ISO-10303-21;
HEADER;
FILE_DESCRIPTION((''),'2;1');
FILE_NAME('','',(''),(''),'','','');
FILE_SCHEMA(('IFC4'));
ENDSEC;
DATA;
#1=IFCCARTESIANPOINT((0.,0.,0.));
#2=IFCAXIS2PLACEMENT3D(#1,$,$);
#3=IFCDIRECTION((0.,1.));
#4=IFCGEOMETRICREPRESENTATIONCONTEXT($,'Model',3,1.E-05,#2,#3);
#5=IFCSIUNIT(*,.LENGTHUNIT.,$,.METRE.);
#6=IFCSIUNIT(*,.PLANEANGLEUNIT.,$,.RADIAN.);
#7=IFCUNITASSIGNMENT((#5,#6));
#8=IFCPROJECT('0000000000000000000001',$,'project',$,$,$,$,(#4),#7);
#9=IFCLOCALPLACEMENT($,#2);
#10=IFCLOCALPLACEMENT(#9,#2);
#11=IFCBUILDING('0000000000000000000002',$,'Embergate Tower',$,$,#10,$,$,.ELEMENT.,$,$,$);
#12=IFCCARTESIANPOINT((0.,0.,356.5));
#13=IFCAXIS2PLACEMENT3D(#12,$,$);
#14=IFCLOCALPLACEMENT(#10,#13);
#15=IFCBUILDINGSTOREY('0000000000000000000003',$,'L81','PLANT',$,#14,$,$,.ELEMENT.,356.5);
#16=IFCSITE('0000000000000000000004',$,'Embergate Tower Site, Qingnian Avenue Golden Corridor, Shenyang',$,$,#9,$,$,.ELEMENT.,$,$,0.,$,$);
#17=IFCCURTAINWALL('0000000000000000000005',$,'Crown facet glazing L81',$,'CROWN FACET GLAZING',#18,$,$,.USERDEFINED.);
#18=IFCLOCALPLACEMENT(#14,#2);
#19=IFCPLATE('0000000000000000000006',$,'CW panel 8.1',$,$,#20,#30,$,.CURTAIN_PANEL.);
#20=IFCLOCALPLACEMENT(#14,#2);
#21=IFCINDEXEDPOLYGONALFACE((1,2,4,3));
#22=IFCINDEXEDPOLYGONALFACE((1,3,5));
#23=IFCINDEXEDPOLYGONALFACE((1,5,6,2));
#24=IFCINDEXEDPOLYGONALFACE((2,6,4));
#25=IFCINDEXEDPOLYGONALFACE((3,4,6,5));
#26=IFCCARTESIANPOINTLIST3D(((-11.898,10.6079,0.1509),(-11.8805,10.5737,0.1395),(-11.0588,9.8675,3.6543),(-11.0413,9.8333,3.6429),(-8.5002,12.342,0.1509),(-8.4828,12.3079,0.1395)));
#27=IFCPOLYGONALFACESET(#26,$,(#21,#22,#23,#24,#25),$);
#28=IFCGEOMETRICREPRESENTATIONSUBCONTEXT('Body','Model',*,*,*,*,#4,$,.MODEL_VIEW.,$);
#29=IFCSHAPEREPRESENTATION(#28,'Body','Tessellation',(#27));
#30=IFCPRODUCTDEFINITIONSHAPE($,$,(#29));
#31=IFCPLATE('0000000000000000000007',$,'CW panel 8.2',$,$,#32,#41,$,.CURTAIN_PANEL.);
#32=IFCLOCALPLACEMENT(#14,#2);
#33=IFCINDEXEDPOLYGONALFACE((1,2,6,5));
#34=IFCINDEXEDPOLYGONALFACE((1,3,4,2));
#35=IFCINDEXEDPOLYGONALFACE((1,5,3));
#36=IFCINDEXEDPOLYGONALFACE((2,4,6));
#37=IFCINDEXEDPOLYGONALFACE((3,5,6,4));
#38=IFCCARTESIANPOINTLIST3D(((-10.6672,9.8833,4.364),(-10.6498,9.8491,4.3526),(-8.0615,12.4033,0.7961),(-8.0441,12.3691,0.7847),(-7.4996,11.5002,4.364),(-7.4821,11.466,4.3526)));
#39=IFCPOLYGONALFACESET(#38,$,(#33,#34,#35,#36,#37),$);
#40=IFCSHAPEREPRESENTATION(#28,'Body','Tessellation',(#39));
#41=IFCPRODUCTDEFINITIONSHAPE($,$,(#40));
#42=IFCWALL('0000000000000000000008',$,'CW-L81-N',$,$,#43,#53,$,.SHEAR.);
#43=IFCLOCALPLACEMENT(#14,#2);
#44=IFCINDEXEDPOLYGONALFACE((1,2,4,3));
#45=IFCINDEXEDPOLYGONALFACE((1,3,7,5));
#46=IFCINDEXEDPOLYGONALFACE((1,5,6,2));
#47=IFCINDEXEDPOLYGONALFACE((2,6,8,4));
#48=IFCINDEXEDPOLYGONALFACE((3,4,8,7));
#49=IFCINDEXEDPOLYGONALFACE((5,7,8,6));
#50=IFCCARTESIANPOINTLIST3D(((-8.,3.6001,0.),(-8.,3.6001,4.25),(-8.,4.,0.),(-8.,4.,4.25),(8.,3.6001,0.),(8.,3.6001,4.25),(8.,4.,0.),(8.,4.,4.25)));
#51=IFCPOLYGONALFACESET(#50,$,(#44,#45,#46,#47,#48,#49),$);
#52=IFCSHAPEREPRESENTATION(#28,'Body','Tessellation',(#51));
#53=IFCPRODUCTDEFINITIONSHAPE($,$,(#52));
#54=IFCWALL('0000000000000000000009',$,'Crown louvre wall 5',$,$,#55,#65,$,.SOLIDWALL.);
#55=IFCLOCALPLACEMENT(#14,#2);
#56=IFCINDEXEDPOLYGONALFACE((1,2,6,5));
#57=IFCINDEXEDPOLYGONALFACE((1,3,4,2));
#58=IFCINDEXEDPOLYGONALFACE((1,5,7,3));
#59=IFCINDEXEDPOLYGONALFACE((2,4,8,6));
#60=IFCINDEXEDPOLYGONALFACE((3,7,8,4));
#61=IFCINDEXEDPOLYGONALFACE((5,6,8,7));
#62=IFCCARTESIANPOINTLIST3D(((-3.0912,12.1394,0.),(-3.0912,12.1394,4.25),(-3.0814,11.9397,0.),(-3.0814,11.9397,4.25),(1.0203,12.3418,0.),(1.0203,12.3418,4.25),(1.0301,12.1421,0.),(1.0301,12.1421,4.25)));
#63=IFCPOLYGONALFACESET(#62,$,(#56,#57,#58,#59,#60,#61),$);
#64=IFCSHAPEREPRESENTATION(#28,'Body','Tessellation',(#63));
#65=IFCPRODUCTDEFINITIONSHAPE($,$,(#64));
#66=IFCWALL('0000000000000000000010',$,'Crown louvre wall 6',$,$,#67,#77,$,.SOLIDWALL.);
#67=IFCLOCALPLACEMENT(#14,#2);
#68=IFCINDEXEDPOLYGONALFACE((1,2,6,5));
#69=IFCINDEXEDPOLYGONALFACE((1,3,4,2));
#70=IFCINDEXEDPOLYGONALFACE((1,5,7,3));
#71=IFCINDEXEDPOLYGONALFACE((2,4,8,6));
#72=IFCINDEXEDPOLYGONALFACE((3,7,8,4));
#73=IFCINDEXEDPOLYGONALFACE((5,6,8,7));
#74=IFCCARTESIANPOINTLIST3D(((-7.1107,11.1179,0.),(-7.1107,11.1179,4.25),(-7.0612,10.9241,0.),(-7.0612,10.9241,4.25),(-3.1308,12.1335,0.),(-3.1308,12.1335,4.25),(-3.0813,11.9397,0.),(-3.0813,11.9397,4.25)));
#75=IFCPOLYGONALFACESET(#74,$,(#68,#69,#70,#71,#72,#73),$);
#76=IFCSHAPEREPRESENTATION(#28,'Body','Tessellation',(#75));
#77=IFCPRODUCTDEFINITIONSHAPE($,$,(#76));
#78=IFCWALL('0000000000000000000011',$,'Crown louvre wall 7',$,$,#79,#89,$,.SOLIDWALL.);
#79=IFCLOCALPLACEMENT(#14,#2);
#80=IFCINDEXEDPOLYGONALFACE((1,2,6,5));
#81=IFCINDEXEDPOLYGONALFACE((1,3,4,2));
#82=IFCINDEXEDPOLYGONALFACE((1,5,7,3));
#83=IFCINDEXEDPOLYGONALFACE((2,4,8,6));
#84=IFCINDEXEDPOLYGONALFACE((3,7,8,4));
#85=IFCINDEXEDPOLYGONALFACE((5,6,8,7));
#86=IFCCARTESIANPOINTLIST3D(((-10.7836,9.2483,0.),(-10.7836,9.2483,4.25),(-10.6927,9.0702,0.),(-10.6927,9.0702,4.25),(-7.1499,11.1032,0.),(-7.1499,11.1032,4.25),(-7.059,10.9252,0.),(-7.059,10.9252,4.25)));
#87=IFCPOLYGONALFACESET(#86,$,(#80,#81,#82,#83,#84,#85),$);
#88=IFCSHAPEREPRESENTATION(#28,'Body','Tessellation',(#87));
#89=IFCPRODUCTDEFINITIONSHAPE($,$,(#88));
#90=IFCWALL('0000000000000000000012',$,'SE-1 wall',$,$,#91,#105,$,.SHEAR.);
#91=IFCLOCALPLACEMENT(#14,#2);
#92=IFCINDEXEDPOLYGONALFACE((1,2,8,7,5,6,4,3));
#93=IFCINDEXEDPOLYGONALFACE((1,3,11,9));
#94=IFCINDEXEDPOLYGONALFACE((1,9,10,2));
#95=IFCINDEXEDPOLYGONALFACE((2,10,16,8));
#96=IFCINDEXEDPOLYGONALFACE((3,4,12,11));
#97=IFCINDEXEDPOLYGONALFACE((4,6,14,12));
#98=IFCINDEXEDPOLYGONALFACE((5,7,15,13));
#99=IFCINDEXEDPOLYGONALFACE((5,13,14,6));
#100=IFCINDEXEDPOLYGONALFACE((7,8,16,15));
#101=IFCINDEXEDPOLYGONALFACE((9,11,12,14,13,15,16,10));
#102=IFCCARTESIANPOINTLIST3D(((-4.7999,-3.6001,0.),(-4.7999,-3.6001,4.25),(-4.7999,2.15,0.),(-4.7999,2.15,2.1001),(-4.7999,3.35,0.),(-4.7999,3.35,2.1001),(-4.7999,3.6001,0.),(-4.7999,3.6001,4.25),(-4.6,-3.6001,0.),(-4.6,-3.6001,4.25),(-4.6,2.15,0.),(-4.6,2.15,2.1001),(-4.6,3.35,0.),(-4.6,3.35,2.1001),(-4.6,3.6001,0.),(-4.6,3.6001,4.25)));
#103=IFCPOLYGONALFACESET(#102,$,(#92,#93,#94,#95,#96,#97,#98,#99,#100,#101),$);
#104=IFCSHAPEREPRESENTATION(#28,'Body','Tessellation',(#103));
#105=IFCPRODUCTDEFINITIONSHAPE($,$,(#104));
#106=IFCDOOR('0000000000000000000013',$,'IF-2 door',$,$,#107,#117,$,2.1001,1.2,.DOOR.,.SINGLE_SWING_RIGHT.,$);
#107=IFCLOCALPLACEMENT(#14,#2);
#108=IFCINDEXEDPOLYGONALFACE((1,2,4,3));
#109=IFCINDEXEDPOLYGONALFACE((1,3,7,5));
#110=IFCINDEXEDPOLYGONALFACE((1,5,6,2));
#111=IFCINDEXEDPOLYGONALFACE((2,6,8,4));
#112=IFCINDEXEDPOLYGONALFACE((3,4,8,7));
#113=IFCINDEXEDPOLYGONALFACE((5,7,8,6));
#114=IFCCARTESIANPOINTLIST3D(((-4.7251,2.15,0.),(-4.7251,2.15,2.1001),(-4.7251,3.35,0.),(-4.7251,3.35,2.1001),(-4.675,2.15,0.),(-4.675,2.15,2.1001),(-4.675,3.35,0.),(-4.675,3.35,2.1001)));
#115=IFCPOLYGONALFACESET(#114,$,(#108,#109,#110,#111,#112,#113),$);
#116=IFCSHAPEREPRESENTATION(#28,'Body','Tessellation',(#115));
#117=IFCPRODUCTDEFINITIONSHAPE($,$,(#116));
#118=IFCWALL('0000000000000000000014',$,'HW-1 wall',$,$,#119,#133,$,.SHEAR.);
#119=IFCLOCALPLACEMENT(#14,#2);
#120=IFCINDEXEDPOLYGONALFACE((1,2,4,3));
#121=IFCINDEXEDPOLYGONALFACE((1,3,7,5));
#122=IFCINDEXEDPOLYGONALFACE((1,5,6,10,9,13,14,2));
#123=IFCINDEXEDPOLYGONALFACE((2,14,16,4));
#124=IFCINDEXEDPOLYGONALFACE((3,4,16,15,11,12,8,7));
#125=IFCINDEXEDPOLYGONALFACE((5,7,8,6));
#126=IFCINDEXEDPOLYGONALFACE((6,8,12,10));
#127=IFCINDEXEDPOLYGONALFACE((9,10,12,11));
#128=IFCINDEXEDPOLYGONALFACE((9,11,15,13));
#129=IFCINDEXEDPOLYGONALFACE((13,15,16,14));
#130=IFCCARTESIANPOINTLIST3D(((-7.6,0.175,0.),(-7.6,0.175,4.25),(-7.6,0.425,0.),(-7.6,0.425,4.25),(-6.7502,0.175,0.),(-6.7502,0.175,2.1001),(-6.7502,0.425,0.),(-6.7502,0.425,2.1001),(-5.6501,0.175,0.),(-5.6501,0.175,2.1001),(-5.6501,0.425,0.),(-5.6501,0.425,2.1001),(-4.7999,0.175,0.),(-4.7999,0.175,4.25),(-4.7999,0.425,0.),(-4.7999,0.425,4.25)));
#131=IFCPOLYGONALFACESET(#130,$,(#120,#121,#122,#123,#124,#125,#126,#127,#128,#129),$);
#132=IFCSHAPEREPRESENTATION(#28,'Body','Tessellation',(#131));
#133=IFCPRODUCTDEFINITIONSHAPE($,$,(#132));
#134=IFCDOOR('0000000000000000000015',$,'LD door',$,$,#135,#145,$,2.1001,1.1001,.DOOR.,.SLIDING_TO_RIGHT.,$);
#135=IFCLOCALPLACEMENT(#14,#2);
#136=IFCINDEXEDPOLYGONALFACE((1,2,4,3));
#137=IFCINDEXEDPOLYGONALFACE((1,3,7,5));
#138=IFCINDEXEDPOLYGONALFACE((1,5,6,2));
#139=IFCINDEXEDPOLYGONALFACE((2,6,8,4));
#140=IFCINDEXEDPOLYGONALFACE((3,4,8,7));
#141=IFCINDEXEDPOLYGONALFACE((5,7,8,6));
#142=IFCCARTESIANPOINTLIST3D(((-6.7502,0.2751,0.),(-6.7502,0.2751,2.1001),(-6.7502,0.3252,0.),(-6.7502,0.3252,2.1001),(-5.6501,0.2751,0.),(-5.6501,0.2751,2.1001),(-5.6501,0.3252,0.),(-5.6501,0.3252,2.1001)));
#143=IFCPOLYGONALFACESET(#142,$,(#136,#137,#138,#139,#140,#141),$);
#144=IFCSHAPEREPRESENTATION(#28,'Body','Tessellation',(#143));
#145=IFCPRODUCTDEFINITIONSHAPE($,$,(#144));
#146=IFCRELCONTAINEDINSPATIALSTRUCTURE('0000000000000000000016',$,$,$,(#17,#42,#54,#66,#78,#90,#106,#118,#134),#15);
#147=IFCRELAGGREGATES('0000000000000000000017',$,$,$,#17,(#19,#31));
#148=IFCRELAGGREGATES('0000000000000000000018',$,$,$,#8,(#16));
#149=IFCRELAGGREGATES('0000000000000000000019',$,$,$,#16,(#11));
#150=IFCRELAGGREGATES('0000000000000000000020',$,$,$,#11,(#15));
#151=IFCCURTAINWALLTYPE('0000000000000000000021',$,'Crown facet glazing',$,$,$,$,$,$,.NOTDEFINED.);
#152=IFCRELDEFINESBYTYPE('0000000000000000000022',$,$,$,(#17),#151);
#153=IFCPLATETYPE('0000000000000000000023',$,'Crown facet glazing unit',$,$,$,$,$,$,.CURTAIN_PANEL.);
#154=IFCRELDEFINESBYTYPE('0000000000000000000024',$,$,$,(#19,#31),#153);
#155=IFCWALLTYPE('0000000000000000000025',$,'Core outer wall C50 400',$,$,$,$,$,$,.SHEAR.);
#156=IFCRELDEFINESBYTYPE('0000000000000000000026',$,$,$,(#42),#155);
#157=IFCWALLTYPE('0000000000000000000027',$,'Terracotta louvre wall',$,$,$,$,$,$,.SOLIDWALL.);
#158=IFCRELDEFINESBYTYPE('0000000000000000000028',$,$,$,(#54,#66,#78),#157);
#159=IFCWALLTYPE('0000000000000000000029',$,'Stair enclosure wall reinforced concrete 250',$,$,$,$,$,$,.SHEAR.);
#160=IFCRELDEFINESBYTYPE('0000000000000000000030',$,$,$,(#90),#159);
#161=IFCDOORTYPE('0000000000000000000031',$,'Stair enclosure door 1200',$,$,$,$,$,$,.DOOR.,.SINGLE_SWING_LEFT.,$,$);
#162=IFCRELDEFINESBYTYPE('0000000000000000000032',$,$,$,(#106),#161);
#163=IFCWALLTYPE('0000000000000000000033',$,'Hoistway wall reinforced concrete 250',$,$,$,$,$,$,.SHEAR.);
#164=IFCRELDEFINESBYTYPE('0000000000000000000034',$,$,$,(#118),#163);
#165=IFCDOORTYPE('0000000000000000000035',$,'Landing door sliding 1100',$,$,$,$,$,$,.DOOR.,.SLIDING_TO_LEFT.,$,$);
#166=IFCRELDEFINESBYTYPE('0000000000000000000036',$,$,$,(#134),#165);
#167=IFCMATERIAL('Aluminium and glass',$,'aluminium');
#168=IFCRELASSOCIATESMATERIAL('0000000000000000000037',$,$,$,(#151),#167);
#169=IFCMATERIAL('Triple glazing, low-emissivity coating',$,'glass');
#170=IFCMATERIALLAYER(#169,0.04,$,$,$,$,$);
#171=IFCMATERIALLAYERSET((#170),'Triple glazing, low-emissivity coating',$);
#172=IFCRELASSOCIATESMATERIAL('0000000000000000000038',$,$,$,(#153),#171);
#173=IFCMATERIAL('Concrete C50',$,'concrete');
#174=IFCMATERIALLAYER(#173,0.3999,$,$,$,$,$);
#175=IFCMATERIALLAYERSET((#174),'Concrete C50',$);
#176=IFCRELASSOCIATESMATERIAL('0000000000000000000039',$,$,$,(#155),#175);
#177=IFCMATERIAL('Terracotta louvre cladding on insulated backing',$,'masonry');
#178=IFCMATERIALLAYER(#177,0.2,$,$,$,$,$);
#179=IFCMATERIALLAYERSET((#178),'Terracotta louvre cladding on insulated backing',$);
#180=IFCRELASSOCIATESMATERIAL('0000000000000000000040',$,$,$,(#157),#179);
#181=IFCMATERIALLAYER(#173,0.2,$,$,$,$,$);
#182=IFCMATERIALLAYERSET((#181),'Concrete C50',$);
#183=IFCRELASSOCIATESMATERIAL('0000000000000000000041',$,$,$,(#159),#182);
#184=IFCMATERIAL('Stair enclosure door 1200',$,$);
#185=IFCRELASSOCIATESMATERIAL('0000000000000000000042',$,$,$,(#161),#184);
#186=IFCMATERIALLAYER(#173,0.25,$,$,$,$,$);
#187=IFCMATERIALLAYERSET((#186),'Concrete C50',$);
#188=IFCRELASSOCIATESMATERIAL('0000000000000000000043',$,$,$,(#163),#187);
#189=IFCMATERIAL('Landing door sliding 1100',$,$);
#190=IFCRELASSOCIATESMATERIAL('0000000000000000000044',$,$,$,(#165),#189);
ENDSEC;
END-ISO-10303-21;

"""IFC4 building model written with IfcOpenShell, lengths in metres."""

from ifc_helpers import new_model, si_unit, direction, frame, frame_2d, origin, place, context, subcontext, project, spatial, polyline, rectangle, outline, extrude, source, transform, mapped, material, layer, layer_set, type_object, element, fill, aggregate, save


model = new_model("IFC4")

# Units and contexts
model_context = context("Model", 3, precision=1e-05, world=origin(), true_north=direction((0.0, 1.0)))
body_context = subcontext(model_context, "Body", "Model", "MODEL_VIEW")
ifc_project = project(units=[si_unit("LENGTHUNIT", "METRE"), si_unit("PLANEANGLEUNIT", "RADIAN")], contexts=[model_context])

# Site, building, storey
site_placement = place(None, origin())
site = spatial("IfcSite", under=ifc_project, at=site_placement, Name="Embergate Tower Site, Qingnian Avenue Golden Corridor, Shenyang", CompositionType="ELEMENT", RefElevation=0.0)
building_placement = place(site_placement, origin())
building = spatial("IfcBuilding", under=site, at=building_placement, Name="Embergate Tower", CompositionType="ELEMENT")
storey_placement = place(building_placement, frame((0.0, 0.0, 356.5)))
storey = spatial("IfcBuildingStorey", under=building, at=storey_placement, Name="L81", Description="PLANT", CompositionType="ELEMENT", Elevation=356.5)

# Curtain wall, plates
ifc_material_1 = material(Name="Aluminium and glass", Category="aluminium")
curtain_wall_type = type_object("IfcCurtainWallType", Name="Crown facet glazing", PredefinedType="NOTDEFINED", material=ifc_material_1)
curtain_wall_placement = place(storey_placement, origin())
curtain_wall = element("IfcCurtainWall", 1, at=curtain_wall_placement, inside=storey, type_object=curtain_wall_type, Name="Crown facet glazing L81", ObjectType="CROWN FACET GLAZING", PredefinedType="USERDEFINED")
ifc_material_2 = material(Name="Triple glazing, low-emissivity coating", Category="glass")
ifc_layer_1 = layer(ifc_material_2, 0.04)
ifc_layer_set_1 = layer_set([ifc_layer_1], Name="Triple glazing, low-emissivity coating")
plate_type = type_object("IfcPlateType", Name="Crown facet glazing unit", PredefinedType="CURTAIN_PANEL", material=ifc_layer_set_1)
shared_shape_1 = source(origin(), body_context, "Body", "SweptSolid", [
    extrude(outline(polyline([(0.0, 0.0), (3.8147, 0.0), (3.4038, 3.6548), (0.0, 0.0)])), origin(), (0.0, 0.0, -1.0), 0.04),
])
plate_1_placement = place(storey_placement, frame((-8.5002, 12.342, 0.1509), z_axis=(-0.435766, 0.853803, 0.28483), x_axis=(-0.890697, -0.454597, 0.0)))
plate_1 = element("IfcPlate", 2, at=plate_1_placement, type_object=plate_type, Name="CW panel 8.1", PredefinedType="CURTAIN_PANEL", context=body_context, shape_type="MappedRepresentation", body=[
    mapped(shared_shape_1, transform((0.0, 0.0, 0.0))),
])
shared_shape_2 = source(origin(), body_context, "Body", "SweptSolid", [
    extrude(outline(polyline([(0.0, 0.0), (5.0862, 0.0), (2.6624, 2.6025), (0.0, 0.0)])), origin(), (0.0, 0.0, -1.0), 0.04),
])
plate_2_placement = place(storey_placement, frame((-8.0615, 12.4033, 0.7961), z_axis=(-0.435817, 0.853801, 0.284758), x_axis=(-0.512305, -0.495457, 0.701474)))
plate_2 = element("IfcPlate", 3, at=plate_2_placement, type_object=plate_type, Name="CW panel 8.2", PredefinedType="CURTAIN_PANEL", context=body_context, shape_type="MappedRepresentation", body=[
    mapped(shared_shape_2, transform((0.0, 0.0, 0.0))),
])
aggregate(curtain_wall, [plate_1, plate_2])

# Walls
ifc_material_3 = material(Name="Concrete C50", Category="concrete")
ifc_layer_2 = layer(ifc_material_3, 0.3999)
ifc_layer_set_2 = layer_set([ifc_layer_2], Name="Concrete C50")
wall_type_1 = type_object("IfcWallType", Name="Core outer wall C50 400", PredefinedType="SHEAR", material=ifc_layer_set_2)
shared_shape_3 = source(origin(), body_context, "Body", "SweptSolid", [
    extrude(rectangle(XDim=16.0, YDim=0.3999, at=frame_2d((8.0, 0.0))), origin(), (0.0, 0.0, 1.0), 4.25),
])
wall_1_placement = place(storey_placement, frame((-8.0, 3.8, 0.0), z_axis=(0.0, 0.0, 1.0), x_axis=(1.0, 0.0, 0.0)))
element("IfcWall", 4, at=wall_1_placement, inside=storey, type_object=wall_type_1, Name="CW-L81-N", PredefinedType="SHEAR", context=body_context, shape_type="MappedRepresentation", body=[
    mapped(shared_shape_3, transform((0.0, 0.0, 0.0))),
])
ifc_material_4 = material(Name="Terracotta louvre cladding on insulated backing", Category="masonry")
ifc_layer_3 = layer(ifc_material_4, 0.2)
ifc_layer_set_3 = layer_set([ifc_layer_3], Name="Terracotta louvre cladding on insulated backing")
wall_type_2 = type_object("IfcWallType", Name="Terracotta louvre wall", PredefinedType="SOLIDWALL", material=ifc_layer_set_3)
shared_shape_4 = source(origin(), body_context, "Body", "SweptSolid", [
    extrude(rectangle(XDim=4.1165, YDim=0.2, at=frame_2d((2.0581, 0.0))), origin(), (0.0, 0.0, 1.0), 4.25),
])
wall_2_placement = place(storey_placement, frame((-3.0862, 12.0396, 0.0), z_axis=(0.0, 0.0, 1.0), x_axis=(0.998791, 0.049166, 0.0)))
element("IfcWall", 5, at=wall_2_placement, inside=storey, type_object=wall_type_2, Name="Crown louvre wall 5", PredefinedType="SOLIDWALL", context=body_context, shape_type="MappedRepresentation", body=[
    mapped(shared_shape_4, transform((0.0, 0.0, 0.0))),
])
shared_shape_5 = source(origin(), body_context, "Body", "SweptSolid", [
    extrude(rectangle(XDim=4.1074, YDim=0.2, at=frame_2d((2.0537, 0.0))), origin(), (0.0, 0.0, 1.0), 4.25),
])
wall_3_placement = place(storey_placement, frame((-7.0859, 11.021, 0.0), z_axis=(0.0, 0.0, 1.0), x_axis=(0.968949, 0.24726, 0.0)))
element("IfcWall", 6, at=wall_3_placement, inside=storey, type_object=wall_type_2, Name="Crown louvre wall 6", PredefinedType="SOLIDWALL", context=body_context, shape_type="MappedRepresentation", body=[
    mapped(shared_shape_5, transform((0.0, 0.0, 0.0))),
])
shared_shape_6 = source(origin(), body_context, "Body", "SweptSolid", [
    extrude(rectangle(XDim=4.0798, YDim=0.2, at=frame_2d((2.04, 0.0))), origin(), (0.0, 0.0, 1.0), 4.25),
])
wall_4_placement = place(storey_placement, frame((-10.7383, 9.1592, 0.0), z_axis=(0.0, 0.0, 1.0), x_axis=(0.890662, 0.454666, 0.0)))
element("IfcWall", 7, at=wall_4_placement, inside=storey, type_object=wall_type_2, Name="Crown louvre wall 7", PredefinedType="SOLIDWALL", context=body_context, shape_type="MappedRepresentation", body=[
    mapped(shared_shape_6, transform((0.0, 0.0, 0.0))),
])

# Walls, openings, doors
ifc_layer_4 = layer(ifc_material_3, 0.2)
ifc_layer_set_4 = layer_set([ifc_layer_4], Name="Concrete C50")
wall_type_3 = type_object("IfcWallType", Name="Stair enclosure wall reinforced concrete 250", PredefinedType="SHEAR", material=ifc_layer_set_4)
shared_shape_7 = source(origin(), body_context, "Body", "SweptSolid", [
    extrude(rectangle(XDim=7.2002, YDim=0.2, at=frame_2d((3.6001, 0.0))), origin(), (0.0, 0.0, 1.0), 4.25),
])
wall_5_placement = place(storey_placement, frame((-4.7, 3.6001, 0.0), z_axis=(0.0, 0.0, 1.0), x_axis=(0.0, -1.0, 0.0)))
wall_5 = element("IfcWall", 8, at=wall_5_placement, inside=storey, type_object=wall_type_3, Name="SE-1 wall", PredefinedType="SHEAR", context=body_context, shape_type="MappedRepresentation", body=[
    mapped(shared_shape_7, transform((0.0, 0.0, 0.0))),
])
shared_shape_8 = source(origin(), body_context, "Body", "SweptSolid", [
    extrude(rectangle(XDim=1.2, YDim=2.1001, at=frame_2d((0.6001, 1.05))), frame((0.0, 0.1099, 0.0), z_axis=(0.0, -1.0, 0.0), x_axis=(1.0, 0.0, 0.0)), (0.0, 0.0, 1.0), 0.22),
])
opening_1_placement = place(wall_5_placement, frame((0.25, 0.0, 0.0)))
opening_1 = element("IfcOpeningElement", 9, at=opening_1_placement, cuts=wall_5, PredefinedType="OPENING", context=body_context, shape_type="MappedRepresentation", body=[
    mapped(shared_shape_8, transform((0.0, 0.0, 0.0))),
])
ifc_material_5 = material(Name="Stair enclosure door 1200")
door_type_1 = type_object("IfcDoorType", Name="Stair enclosure door 1200", OperationType="SINGLE_SWING_LEFT", PredefinedType="DOOR", material=ifc_material_5)
shared_shape_9 = source(origin(), body_context, "Body", "SweptSolid", [
    extrude(rectangle(XDim=1.2, YDim=2.1001, at=frame_2d((0.6001, 1.05))), frame((0.0, 0.0249, 0.0), z_axis=(0.0, -1.0, 0.0), x_axis=(1.0, 0.0, 0.0)), (0.0, 0.0, 1.0), 0.05),
])
door_1_placement = place(opening_1_placement, origin())
door_1 = element("IfcDoor", 10, at=door_1_placement, inside=storey, type_object=door_type_1, Name="IF-2 door", OperationType="SINGLE_SWING_RIGHT", OverallHeight=2.1001, OverallWidth=1.2, PredefinedType="DOOR", context=body_context, shape_type="MappedRepresentation", body=[
    mapped(shared_shape_9, transform((0.0, 0.0, 0.0))),
])
fill(opening_1, door_1)
ifc_layer_5 = layer(ifc_material_3, 0.25)
ifc_layer_set_5 = layer_set([ifc_layer_5], Name="Concrete C50")
wall_type_4 = type_object("IfcWallType", Name="Hoistway wall reinforced concrete 250", PredefinedType="SHEAR", material=ifc_layer_set_5)
shared_shape_10 = source(origin(), body_context, "Body", "SweptSolid", [
    extrude(rectangle(XDim=2.8, YDim=0.25, at=frame_2d((1.3999, 0.0))), origin(), (0.0, 0.0, 1.0), 4.25),
])
wall_6_placement = place(storey_placement, frame((-4.8, 0.3, 0.0), z_axis=(0.0, 0.0, 1.0), x_axis=(-1.0, 0.0, 0.0)))
wall_6 = element("IfcWall", 11, at=wall_6_placement, inside=storey, type_object=wall_type_4, Name="HW-1 wall", PredefinedType="SHEAR", context=body_context, shape_type="MappedRepresentation", body=[
    mapped(shared_shape_10, transform((0.0, 0.0, 0.0))),
])
shared_shape_11 = source(origin(), body_context, "Body", "SweptSolid", [
    extrude(rectangle(XDim=1.1001, YDim=2.1001, at=frame_2d((0.55, 1.05))), frame((0.0, 0.135, 0.0), z_axis=(0.0, -1.0, 0.0), x_axis=(1.0, 0.0, 0.0)), (0.0, 0.0, 1.0), 0.27),
])
opening_2_placement = place(wall_6_placement, frame((0.8501, 0.0, 0.0)))
opening_2 = element("IfcOpeningElement", 12, at=opening_2_placement, cuts=wall_6, PredefinedType="OPENING", context=body_context, shape_type="MappedRepresentation", body=[
    mapped(shared_shape_11, transform((0.0, 0.0, 0.0))),
])
ifc_material_6 = material(Name="Landing door sliding 1100")
door_type_2 = type_object("IfcDoorType", Name="Landing door sliding 1100", OperationType="SLIDING_TO_LEFT", PredefinedType="DOOR", material=ifc_material_6)
shared_shape_12 = source(origin(), body_context, "Body", "SweptSolid", [
    extrude(rectangle(XDim=1.1001, YDim=2.1001, at=frame_2d((0.55, 1.05))), frame((0.0, 0.0249, 0.0), z_axis=(0.0, -1.0, 0.0), x_axis=(1.0, 0.0, 0.0)), (0.0, 0.0, 1.0), 0.05),
])
door_2_placement = place(opening_2_placement, origin())
door_2 = element("IfcDoor", 13, at=door_2_placement, inside=storey, type_object=door_type_2, Name="LD door", OperationType="SLIDING_TO_RIGHT", OverallHeight=2.1001, OverallWidth=1.1001, PredefinedType="DOOR", context=body_context, shape_type="MappedRepresentation", body=[
    mapped(shared_shape_12, transform((0.0, 0.0, 0.0))),
])
fill(opening_2, door_2)

save(model, "model.ifc")
